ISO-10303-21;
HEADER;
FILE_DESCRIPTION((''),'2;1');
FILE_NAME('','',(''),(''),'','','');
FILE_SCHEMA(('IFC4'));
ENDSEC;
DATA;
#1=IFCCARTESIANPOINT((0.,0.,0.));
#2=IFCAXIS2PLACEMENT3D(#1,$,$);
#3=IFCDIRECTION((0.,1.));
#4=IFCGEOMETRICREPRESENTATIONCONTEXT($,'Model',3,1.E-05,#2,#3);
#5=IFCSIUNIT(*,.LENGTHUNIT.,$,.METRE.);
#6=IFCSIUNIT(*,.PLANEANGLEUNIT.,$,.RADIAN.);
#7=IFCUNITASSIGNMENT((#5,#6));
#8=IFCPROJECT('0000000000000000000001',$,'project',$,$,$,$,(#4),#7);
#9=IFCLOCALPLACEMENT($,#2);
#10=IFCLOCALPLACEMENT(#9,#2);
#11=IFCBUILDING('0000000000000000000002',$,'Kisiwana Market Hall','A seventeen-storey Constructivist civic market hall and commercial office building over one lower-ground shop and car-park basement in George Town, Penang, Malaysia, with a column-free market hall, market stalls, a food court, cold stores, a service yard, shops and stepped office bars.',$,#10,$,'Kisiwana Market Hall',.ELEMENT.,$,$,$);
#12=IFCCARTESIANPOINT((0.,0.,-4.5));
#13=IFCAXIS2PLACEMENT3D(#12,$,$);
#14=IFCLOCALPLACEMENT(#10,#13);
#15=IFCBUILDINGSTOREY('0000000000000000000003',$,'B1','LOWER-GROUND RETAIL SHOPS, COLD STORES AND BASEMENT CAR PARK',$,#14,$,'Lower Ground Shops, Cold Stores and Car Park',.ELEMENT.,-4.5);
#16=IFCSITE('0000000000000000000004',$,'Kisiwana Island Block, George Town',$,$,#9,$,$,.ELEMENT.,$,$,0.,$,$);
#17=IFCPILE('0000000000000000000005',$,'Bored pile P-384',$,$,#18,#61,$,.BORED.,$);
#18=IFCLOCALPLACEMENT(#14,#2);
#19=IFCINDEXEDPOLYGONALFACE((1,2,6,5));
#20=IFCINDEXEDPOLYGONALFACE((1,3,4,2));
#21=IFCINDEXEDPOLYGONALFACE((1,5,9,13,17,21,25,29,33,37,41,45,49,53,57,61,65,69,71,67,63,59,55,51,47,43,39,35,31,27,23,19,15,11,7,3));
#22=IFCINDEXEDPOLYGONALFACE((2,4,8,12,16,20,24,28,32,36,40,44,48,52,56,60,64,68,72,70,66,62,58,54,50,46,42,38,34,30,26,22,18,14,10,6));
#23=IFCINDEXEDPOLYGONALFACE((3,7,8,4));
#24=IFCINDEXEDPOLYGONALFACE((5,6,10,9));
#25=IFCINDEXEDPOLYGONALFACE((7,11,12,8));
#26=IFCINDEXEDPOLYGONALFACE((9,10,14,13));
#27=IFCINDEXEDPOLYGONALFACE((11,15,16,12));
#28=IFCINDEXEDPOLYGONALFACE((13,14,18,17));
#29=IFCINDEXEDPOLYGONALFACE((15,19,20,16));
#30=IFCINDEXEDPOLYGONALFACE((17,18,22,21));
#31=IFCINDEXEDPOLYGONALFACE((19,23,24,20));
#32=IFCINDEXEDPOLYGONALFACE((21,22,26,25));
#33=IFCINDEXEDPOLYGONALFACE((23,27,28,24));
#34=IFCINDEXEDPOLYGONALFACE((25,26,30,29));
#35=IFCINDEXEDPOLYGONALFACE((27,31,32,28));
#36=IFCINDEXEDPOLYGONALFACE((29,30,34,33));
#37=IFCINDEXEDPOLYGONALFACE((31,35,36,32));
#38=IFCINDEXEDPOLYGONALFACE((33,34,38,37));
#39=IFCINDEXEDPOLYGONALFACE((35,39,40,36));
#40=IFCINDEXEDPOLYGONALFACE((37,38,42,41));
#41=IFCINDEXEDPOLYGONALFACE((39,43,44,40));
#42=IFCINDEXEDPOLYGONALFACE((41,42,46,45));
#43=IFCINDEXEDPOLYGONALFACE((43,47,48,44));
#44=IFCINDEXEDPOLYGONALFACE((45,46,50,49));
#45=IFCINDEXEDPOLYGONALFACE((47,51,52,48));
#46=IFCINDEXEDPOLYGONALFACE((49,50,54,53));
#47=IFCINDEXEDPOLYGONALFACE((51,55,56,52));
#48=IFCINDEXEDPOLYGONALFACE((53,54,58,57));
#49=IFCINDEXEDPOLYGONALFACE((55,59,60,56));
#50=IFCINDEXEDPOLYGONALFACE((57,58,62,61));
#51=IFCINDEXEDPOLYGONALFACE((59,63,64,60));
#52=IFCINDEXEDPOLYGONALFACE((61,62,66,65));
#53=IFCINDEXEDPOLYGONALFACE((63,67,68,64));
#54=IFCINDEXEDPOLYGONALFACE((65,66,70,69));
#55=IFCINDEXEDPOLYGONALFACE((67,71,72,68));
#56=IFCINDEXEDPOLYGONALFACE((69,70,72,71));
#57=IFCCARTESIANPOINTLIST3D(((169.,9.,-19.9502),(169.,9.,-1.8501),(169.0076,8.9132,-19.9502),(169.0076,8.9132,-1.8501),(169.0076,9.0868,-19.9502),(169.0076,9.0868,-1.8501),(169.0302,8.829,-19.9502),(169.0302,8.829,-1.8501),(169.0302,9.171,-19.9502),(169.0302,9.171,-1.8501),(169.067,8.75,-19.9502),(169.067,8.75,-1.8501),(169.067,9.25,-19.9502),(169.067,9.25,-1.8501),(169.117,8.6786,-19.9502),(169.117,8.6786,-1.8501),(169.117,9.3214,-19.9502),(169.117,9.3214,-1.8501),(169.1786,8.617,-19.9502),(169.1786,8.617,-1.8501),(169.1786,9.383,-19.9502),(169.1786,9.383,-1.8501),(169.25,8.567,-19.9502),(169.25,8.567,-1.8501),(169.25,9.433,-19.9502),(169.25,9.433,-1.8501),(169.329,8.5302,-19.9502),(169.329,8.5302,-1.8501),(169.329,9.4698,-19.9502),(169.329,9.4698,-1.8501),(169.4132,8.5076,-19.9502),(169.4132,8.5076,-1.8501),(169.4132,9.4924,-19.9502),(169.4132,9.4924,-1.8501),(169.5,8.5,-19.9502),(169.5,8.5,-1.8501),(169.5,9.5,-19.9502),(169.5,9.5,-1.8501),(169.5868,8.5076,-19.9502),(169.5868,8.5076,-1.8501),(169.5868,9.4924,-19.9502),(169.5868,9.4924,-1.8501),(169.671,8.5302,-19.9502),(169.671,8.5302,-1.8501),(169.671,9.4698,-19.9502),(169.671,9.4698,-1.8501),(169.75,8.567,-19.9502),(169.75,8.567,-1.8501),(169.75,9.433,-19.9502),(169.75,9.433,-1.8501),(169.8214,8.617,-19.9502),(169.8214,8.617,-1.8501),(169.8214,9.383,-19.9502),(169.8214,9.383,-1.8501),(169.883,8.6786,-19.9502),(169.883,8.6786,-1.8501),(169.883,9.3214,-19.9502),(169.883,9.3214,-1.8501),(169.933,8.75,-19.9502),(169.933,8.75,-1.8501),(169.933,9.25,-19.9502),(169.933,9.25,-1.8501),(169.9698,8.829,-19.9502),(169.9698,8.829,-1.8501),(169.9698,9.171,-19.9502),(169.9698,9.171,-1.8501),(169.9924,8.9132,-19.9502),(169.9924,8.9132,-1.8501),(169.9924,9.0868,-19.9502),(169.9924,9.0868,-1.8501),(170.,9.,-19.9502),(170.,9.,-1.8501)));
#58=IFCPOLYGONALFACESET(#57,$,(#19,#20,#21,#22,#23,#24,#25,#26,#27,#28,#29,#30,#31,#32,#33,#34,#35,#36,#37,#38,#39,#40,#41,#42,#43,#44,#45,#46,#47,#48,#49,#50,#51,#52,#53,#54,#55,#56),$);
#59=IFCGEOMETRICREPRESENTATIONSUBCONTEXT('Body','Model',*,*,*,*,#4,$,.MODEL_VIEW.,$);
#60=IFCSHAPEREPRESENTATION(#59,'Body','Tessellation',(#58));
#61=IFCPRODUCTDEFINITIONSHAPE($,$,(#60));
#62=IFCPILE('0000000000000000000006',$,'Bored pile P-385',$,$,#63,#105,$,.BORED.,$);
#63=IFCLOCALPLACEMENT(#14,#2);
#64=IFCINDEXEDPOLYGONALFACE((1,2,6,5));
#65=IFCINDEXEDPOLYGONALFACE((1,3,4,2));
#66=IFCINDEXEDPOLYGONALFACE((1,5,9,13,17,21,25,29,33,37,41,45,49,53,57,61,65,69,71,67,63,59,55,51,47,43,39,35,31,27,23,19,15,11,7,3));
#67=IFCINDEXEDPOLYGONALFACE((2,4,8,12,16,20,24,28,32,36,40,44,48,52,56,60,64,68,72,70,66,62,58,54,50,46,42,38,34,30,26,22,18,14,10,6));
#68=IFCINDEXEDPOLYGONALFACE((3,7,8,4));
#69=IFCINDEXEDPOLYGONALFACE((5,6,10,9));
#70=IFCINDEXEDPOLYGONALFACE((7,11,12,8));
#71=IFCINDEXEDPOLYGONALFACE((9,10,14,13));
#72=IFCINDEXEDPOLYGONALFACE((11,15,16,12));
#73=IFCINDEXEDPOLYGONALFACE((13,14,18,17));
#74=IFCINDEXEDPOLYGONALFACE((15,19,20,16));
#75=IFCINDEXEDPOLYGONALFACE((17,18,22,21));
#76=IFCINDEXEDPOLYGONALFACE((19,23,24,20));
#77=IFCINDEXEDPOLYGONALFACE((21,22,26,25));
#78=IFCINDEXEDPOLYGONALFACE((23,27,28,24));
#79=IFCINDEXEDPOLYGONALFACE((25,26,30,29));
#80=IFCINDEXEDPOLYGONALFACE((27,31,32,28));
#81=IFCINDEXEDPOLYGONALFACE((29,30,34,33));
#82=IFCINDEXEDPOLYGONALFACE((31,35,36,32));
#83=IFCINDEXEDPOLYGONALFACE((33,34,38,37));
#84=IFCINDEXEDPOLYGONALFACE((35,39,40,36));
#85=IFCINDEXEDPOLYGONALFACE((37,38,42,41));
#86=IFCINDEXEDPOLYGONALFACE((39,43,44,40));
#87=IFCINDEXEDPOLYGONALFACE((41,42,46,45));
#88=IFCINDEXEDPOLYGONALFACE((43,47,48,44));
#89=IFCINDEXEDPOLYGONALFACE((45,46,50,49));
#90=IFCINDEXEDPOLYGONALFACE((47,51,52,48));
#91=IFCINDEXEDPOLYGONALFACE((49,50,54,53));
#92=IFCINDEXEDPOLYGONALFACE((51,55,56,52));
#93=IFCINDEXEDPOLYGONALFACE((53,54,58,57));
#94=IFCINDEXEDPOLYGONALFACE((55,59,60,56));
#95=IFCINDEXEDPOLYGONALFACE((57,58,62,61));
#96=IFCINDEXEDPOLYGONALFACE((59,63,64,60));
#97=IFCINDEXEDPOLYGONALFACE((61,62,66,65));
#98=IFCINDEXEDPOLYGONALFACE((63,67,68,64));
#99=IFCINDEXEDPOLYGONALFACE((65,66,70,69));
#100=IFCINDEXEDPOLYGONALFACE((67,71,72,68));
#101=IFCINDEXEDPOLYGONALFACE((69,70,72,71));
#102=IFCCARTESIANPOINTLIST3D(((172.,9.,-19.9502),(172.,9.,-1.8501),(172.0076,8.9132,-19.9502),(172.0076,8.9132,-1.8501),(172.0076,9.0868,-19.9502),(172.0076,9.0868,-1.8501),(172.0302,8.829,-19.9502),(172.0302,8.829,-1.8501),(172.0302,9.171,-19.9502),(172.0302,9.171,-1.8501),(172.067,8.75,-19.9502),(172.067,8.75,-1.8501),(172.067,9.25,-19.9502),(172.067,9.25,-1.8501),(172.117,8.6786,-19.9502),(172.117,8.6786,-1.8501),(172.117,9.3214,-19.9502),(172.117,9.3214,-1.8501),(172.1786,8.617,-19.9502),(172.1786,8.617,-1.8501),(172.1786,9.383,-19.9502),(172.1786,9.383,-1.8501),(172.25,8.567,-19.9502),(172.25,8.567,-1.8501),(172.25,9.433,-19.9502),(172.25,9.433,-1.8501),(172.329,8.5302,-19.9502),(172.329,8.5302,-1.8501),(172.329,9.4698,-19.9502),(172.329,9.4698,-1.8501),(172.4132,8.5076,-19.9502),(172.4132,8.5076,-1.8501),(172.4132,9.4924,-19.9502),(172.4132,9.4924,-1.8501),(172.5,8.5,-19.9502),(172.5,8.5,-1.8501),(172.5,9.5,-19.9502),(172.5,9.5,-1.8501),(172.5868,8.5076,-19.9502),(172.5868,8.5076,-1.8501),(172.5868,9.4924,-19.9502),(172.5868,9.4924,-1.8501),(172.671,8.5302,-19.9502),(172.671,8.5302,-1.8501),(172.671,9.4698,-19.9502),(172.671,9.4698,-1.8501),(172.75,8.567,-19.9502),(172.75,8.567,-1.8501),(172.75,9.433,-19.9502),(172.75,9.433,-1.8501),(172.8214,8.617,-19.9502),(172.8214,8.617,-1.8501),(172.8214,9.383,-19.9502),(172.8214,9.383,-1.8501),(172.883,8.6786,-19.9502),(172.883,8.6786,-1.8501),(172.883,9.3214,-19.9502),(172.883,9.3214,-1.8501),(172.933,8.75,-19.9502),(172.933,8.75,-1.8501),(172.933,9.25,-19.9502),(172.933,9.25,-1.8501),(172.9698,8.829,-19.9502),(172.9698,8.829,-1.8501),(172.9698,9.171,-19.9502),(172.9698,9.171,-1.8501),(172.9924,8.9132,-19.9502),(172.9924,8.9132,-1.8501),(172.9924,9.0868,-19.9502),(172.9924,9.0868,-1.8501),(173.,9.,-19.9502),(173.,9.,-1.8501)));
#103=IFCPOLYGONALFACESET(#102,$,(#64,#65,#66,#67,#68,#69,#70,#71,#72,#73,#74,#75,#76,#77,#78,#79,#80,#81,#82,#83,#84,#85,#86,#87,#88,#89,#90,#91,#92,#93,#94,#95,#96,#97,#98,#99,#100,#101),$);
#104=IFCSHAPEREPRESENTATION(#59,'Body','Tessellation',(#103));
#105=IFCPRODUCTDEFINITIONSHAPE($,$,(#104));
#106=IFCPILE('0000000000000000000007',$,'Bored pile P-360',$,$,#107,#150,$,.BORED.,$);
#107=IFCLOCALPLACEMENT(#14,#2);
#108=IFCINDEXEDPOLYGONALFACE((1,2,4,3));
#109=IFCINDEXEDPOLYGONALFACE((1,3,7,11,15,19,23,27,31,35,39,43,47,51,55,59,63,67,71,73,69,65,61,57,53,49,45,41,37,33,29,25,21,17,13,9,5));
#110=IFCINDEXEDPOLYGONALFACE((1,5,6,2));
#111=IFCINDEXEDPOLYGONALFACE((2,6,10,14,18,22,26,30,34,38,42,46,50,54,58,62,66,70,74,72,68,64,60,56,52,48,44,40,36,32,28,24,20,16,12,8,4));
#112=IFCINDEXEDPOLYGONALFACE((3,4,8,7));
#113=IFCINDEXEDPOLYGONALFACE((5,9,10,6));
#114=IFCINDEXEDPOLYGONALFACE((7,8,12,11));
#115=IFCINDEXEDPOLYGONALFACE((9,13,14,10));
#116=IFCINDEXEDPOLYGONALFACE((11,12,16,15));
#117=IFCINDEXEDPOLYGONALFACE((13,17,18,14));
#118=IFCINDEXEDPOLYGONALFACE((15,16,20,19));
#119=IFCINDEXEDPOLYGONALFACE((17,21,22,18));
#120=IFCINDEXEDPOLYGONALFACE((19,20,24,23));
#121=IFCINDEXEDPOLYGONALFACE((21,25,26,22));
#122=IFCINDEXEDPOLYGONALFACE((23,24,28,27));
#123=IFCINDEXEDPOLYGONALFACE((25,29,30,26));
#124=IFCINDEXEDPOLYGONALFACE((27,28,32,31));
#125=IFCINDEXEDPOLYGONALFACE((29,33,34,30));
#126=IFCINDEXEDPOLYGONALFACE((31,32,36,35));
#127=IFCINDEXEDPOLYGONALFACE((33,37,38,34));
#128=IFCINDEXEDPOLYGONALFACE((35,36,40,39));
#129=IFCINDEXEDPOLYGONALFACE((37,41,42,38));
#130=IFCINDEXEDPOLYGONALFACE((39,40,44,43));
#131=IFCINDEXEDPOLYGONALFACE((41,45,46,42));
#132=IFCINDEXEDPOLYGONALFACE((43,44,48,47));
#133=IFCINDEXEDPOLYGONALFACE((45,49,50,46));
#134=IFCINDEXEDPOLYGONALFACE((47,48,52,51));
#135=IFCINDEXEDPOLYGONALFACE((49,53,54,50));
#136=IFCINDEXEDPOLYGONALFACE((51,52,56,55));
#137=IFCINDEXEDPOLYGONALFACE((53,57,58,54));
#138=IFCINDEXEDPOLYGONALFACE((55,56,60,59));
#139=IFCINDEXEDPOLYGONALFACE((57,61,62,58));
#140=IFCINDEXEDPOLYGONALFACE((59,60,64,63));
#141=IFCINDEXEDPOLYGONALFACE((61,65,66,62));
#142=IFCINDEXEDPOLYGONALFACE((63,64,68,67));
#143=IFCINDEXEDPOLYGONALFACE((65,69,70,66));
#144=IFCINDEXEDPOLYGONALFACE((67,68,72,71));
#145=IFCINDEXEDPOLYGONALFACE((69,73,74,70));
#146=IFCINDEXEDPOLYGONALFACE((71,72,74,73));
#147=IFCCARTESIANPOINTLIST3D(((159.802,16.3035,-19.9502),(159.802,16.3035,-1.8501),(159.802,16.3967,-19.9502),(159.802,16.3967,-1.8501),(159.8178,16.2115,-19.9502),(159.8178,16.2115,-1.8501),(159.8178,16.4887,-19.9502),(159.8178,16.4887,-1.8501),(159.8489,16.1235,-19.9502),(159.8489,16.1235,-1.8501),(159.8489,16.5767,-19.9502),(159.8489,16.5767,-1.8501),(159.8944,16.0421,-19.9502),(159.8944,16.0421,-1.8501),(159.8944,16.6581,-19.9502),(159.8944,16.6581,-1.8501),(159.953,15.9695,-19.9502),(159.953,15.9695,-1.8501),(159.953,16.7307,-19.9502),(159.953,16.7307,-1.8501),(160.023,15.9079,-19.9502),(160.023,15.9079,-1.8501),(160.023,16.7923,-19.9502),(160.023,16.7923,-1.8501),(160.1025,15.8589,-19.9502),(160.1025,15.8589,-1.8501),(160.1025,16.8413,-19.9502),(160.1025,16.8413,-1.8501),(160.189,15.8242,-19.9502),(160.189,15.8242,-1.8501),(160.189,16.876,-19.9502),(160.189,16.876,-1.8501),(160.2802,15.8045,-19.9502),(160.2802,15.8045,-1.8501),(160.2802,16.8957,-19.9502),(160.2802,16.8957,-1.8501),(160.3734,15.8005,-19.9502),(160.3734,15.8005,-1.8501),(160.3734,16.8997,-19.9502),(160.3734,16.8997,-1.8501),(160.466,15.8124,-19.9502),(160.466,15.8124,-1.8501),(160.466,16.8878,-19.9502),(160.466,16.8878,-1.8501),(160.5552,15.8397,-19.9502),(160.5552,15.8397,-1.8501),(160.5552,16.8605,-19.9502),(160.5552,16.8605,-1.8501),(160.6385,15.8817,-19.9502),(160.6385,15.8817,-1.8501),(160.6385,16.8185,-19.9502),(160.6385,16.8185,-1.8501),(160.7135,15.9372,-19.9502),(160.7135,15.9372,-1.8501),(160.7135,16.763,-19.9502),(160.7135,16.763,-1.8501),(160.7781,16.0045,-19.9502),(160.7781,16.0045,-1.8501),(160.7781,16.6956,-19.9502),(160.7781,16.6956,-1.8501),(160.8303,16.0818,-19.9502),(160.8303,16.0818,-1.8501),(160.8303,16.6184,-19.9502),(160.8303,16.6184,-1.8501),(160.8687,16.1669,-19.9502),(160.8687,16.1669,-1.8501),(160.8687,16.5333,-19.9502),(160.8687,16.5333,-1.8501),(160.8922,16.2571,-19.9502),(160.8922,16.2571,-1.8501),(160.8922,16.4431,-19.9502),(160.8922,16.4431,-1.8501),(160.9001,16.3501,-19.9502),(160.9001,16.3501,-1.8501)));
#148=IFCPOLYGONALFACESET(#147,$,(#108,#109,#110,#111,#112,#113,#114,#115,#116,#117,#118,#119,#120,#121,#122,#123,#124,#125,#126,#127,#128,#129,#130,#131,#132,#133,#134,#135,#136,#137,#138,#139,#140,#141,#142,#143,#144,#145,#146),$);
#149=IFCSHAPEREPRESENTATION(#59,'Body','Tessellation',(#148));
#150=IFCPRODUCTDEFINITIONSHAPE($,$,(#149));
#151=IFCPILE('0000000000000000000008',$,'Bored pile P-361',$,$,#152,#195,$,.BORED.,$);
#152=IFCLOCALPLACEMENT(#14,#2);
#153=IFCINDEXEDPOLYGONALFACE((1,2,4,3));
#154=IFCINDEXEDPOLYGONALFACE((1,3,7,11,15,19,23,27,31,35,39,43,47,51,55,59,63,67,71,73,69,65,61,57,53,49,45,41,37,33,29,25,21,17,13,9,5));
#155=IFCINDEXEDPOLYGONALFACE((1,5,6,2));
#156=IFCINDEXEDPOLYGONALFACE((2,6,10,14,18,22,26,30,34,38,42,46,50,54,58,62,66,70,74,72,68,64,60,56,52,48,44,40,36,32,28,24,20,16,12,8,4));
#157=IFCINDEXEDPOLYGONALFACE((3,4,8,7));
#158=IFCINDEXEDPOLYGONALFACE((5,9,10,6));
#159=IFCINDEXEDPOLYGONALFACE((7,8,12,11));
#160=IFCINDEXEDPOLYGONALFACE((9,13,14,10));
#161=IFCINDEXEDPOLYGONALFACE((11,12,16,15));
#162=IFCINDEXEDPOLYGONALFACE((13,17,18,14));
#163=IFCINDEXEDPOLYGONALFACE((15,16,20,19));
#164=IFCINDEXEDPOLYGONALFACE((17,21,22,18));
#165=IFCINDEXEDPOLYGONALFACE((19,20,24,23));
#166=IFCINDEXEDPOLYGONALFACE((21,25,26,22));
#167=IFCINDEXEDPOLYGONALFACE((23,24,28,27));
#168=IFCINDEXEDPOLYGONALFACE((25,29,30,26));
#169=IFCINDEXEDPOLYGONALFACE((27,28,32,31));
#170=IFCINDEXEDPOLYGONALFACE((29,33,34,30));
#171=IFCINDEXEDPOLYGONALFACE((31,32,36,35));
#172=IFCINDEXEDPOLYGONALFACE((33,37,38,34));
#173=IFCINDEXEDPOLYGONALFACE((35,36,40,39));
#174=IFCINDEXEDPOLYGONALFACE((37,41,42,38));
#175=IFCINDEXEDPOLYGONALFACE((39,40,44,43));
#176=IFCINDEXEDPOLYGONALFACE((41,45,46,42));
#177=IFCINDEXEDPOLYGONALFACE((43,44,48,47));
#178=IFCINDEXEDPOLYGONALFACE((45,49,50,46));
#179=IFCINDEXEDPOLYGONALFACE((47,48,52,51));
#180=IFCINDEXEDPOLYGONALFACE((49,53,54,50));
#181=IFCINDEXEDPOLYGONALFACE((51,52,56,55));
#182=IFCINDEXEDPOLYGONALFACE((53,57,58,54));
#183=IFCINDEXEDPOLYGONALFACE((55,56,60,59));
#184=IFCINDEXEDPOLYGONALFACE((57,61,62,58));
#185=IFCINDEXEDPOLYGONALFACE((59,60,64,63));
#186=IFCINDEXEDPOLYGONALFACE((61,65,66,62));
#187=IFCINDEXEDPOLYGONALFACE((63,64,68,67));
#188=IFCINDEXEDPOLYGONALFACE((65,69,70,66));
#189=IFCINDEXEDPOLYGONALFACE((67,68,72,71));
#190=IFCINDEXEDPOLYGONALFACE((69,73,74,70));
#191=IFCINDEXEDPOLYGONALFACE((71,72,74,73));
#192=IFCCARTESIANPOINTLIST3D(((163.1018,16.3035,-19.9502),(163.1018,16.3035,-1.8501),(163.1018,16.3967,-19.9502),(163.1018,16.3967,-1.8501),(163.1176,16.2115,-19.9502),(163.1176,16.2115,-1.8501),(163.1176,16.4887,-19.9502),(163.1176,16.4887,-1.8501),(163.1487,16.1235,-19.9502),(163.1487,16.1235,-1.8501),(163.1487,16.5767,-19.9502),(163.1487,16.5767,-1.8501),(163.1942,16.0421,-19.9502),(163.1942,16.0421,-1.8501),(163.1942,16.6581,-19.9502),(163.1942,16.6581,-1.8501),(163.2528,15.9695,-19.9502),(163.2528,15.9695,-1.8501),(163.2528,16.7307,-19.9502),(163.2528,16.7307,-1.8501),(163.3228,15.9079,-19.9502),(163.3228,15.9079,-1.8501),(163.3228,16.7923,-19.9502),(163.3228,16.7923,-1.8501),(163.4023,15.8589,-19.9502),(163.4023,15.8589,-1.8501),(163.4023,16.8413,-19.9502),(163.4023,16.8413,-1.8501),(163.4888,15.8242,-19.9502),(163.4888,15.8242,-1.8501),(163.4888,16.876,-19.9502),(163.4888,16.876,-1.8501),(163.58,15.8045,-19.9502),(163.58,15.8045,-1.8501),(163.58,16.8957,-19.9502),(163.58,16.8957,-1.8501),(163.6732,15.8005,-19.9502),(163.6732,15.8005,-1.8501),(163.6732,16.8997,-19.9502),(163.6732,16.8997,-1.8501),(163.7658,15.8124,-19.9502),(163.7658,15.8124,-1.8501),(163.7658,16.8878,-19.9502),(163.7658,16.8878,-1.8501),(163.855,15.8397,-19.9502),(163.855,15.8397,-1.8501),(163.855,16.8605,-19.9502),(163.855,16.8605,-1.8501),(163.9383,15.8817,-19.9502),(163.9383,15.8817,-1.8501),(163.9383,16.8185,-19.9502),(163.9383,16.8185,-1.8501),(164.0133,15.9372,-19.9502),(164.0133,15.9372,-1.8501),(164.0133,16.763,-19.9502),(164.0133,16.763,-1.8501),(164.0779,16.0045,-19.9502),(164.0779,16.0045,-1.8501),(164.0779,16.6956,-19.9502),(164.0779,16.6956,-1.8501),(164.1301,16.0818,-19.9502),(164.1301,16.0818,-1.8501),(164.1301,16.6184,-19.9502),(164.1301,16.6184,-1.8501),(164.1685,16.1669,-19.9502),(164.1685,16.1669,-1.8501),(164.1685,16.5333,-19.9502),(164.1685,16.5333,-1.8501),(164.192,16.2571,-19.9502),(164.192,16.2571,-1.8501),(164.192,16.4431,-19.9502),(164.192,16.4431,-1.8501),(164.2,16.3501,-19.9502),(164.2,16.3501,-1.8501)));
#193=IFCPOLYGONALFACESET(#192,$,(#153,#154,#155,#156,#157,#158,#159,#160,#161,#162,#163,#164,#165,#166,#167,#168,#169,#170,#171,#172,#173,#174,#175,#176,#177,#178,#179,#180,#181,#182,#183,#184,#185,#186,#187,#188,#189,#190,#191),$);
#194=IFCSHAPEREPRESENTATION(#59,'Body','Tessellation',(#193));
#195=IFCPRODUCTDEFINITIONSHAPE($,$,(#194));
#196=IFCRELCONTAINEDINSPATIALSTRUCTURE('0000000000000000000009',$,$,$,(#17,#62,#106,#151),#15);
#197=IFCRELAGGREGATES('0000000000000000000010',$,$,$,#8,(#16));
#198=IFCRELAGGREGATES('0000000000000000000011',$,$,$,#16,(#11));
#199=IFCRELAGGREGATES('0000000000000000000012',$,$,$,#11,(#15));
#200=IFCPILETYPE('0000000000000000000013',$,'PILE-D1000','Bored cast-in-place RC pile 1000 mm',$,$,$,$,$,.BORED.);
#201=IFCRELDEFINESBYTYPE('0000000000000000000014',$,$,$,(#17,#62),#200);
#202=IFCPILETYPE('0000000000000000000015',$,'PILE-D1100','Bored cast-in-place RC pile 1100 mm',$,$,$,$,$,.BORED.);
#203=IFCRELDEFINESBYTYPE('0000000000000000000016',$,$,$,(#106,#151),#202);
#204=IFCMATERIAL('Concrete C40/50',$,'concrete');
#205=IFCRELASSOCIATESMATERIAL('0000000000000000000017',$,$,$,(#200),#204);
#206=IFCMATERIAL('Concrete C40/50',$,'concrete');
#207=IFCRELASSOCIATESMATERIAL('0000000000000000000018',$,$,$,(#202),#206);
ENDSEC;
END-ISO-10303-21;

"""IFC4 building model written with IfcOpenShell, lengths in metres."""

from ifc_helpers import new_model, si_unit, direction, frame, origin, origin_2d, place, context, subcontext, project, spatial, circle, extrude, material, material_profile, profile_set, type_object, element, save


model = new_model("IFC4")

# Units and contexts
model_context = context("Model", 3, precision=1e-05, world=origin(), true_north=direction((0.0, 1.0)))
body_context = subcontext(model_context, "Body", "Model", "MODEL_VIEW")
ifc_project = project(units=[si_unit("LENGTHUNIT", "METRE"), si_unit("PLANEANGLEUNIT", "RADIAN")], contexts=[model_context])

# Site, building, storey
site_placement = place(None, origin())
site = spatial("IfcSite", under=ifc_project, at=site_placement, Name="Kisiwana Island Block, George Town", CompositionType="ELEMENT", RefElevation=0.0)
building_placement = place(site_placement, origin())
building = spatial("IfcBuilding", under=site, at=building_placement, Name="Kisiwana Market Hall", Description="A seventeen-storey Constructivist civic market hall and commercial office building over one lower-ground shop and car-park basement in George Town, Penang, Malaysia, with a column-free market hall, market stalls, a food court, cold stores, a service yard, shops and stepped office bars.", LongName="Kisiwana Market Hall", CompositionType="ELEMENT")
storey_placement = place(building_placement, frame((0.0, 0.0, -4.5)))
storey = spatial("IfcBuildingStorey", under=building, at=storey_placement, Name="B1", Description="LOWER-GROUND RETAIL SHOPS, COLD STORES AND BASEMENT CAR PARK", LongName="Lower Ground Shops, Cold Stores and Car Park", CompositionType="ELEMENT", Elevation=-4.5)

# Piles
ifc_material_1 = material(Name="Concrete C40/50", Category="concrete")
ifc_material_profile_1 = material_profile(ifc_material_1, circle(Radius=0.5, at=origin_2d()), Name="BP D1000")
ifc_profile_set_1 = profile_set([ifc_material_profile_1], Name="Concrete C40/50")
pile_type_1 = type_object("IfcPileType", Name="PILE-D1000", Description="Bored cast-in-place RC pile 1000 mm", PredefinedType="BORED", material=ifc_profile_set_1)
for number, where, z_axis, x_axis, name in (
    (1, (169.5, 9.0, -1.8501), (0.0, 0.0, -1.0), (1.0, 0.0, 0.0), "Bored pile P-384"),
    (2, (172.5, 9.0, -1.8501), (0.0, 0.0, -1.0), (1.0, 0.0, 0.0), "Bored pile P-385"),
):
    element("IfcPile", number, at=place(storey_placement, frame(where, z_axis=z_axis, x_axis=x_axis)), inside=storey, type_object=pile_type_1, Name=name, PredefinedType="BORED", context=body_context, shape_type="SweptSolid", body=[
        extrude(circle(Radius=0.5, at=origin_2d()), origin(), (0.0, 0.0, 1.0), 18.1001),
    ])
ifc_material_2 = material(Name="Concrete C40/50", Category="concrete")
ifc_material_profile_2 = material_profile(ifc_material_2, circle(Radius=0.55, at=origin_2d()), Name="BP D1100")
ifc_profile_set_2 = profile_set([ifc_material_profile_2], Name="Concrete C40/50")
pile_type_2 = type_object("IfcPileType", Name="PILE-D1100", Description="Bored cast-in-place RC pile 1100 mm", PredefinedType="BORED", material=ifc_profile_set_2)
for number, where, z_axis, x_axis, name in (
    (3, (160.3501, 16.3501, -1.8501), (0.0, 0.0, -1.0), (1.0, 0.0, 0.0), "Bored pile P-360"),
    (4, (163.6499, 16.3501, -1.8501), (0.0, 0.0, -1.0), (1.0, 0.0, 0.0), "Bored pile P-361"),
):
    element("IfcPile", number, at=place(storey_placement, frame(where, z_axis=z_axis, x_axis=x_axis)), inside=storey, type_object=pile_type_2, Name=name, PredefinedType="BORED", context=body_context, shape_type="SweptSolid", body=[
        extrude(circle(Radius=0.55, at=origin_2d()), origin(), (0.0, 0.0, 1.0), 18.1001),
    ])

save(model, "model.ifc")
